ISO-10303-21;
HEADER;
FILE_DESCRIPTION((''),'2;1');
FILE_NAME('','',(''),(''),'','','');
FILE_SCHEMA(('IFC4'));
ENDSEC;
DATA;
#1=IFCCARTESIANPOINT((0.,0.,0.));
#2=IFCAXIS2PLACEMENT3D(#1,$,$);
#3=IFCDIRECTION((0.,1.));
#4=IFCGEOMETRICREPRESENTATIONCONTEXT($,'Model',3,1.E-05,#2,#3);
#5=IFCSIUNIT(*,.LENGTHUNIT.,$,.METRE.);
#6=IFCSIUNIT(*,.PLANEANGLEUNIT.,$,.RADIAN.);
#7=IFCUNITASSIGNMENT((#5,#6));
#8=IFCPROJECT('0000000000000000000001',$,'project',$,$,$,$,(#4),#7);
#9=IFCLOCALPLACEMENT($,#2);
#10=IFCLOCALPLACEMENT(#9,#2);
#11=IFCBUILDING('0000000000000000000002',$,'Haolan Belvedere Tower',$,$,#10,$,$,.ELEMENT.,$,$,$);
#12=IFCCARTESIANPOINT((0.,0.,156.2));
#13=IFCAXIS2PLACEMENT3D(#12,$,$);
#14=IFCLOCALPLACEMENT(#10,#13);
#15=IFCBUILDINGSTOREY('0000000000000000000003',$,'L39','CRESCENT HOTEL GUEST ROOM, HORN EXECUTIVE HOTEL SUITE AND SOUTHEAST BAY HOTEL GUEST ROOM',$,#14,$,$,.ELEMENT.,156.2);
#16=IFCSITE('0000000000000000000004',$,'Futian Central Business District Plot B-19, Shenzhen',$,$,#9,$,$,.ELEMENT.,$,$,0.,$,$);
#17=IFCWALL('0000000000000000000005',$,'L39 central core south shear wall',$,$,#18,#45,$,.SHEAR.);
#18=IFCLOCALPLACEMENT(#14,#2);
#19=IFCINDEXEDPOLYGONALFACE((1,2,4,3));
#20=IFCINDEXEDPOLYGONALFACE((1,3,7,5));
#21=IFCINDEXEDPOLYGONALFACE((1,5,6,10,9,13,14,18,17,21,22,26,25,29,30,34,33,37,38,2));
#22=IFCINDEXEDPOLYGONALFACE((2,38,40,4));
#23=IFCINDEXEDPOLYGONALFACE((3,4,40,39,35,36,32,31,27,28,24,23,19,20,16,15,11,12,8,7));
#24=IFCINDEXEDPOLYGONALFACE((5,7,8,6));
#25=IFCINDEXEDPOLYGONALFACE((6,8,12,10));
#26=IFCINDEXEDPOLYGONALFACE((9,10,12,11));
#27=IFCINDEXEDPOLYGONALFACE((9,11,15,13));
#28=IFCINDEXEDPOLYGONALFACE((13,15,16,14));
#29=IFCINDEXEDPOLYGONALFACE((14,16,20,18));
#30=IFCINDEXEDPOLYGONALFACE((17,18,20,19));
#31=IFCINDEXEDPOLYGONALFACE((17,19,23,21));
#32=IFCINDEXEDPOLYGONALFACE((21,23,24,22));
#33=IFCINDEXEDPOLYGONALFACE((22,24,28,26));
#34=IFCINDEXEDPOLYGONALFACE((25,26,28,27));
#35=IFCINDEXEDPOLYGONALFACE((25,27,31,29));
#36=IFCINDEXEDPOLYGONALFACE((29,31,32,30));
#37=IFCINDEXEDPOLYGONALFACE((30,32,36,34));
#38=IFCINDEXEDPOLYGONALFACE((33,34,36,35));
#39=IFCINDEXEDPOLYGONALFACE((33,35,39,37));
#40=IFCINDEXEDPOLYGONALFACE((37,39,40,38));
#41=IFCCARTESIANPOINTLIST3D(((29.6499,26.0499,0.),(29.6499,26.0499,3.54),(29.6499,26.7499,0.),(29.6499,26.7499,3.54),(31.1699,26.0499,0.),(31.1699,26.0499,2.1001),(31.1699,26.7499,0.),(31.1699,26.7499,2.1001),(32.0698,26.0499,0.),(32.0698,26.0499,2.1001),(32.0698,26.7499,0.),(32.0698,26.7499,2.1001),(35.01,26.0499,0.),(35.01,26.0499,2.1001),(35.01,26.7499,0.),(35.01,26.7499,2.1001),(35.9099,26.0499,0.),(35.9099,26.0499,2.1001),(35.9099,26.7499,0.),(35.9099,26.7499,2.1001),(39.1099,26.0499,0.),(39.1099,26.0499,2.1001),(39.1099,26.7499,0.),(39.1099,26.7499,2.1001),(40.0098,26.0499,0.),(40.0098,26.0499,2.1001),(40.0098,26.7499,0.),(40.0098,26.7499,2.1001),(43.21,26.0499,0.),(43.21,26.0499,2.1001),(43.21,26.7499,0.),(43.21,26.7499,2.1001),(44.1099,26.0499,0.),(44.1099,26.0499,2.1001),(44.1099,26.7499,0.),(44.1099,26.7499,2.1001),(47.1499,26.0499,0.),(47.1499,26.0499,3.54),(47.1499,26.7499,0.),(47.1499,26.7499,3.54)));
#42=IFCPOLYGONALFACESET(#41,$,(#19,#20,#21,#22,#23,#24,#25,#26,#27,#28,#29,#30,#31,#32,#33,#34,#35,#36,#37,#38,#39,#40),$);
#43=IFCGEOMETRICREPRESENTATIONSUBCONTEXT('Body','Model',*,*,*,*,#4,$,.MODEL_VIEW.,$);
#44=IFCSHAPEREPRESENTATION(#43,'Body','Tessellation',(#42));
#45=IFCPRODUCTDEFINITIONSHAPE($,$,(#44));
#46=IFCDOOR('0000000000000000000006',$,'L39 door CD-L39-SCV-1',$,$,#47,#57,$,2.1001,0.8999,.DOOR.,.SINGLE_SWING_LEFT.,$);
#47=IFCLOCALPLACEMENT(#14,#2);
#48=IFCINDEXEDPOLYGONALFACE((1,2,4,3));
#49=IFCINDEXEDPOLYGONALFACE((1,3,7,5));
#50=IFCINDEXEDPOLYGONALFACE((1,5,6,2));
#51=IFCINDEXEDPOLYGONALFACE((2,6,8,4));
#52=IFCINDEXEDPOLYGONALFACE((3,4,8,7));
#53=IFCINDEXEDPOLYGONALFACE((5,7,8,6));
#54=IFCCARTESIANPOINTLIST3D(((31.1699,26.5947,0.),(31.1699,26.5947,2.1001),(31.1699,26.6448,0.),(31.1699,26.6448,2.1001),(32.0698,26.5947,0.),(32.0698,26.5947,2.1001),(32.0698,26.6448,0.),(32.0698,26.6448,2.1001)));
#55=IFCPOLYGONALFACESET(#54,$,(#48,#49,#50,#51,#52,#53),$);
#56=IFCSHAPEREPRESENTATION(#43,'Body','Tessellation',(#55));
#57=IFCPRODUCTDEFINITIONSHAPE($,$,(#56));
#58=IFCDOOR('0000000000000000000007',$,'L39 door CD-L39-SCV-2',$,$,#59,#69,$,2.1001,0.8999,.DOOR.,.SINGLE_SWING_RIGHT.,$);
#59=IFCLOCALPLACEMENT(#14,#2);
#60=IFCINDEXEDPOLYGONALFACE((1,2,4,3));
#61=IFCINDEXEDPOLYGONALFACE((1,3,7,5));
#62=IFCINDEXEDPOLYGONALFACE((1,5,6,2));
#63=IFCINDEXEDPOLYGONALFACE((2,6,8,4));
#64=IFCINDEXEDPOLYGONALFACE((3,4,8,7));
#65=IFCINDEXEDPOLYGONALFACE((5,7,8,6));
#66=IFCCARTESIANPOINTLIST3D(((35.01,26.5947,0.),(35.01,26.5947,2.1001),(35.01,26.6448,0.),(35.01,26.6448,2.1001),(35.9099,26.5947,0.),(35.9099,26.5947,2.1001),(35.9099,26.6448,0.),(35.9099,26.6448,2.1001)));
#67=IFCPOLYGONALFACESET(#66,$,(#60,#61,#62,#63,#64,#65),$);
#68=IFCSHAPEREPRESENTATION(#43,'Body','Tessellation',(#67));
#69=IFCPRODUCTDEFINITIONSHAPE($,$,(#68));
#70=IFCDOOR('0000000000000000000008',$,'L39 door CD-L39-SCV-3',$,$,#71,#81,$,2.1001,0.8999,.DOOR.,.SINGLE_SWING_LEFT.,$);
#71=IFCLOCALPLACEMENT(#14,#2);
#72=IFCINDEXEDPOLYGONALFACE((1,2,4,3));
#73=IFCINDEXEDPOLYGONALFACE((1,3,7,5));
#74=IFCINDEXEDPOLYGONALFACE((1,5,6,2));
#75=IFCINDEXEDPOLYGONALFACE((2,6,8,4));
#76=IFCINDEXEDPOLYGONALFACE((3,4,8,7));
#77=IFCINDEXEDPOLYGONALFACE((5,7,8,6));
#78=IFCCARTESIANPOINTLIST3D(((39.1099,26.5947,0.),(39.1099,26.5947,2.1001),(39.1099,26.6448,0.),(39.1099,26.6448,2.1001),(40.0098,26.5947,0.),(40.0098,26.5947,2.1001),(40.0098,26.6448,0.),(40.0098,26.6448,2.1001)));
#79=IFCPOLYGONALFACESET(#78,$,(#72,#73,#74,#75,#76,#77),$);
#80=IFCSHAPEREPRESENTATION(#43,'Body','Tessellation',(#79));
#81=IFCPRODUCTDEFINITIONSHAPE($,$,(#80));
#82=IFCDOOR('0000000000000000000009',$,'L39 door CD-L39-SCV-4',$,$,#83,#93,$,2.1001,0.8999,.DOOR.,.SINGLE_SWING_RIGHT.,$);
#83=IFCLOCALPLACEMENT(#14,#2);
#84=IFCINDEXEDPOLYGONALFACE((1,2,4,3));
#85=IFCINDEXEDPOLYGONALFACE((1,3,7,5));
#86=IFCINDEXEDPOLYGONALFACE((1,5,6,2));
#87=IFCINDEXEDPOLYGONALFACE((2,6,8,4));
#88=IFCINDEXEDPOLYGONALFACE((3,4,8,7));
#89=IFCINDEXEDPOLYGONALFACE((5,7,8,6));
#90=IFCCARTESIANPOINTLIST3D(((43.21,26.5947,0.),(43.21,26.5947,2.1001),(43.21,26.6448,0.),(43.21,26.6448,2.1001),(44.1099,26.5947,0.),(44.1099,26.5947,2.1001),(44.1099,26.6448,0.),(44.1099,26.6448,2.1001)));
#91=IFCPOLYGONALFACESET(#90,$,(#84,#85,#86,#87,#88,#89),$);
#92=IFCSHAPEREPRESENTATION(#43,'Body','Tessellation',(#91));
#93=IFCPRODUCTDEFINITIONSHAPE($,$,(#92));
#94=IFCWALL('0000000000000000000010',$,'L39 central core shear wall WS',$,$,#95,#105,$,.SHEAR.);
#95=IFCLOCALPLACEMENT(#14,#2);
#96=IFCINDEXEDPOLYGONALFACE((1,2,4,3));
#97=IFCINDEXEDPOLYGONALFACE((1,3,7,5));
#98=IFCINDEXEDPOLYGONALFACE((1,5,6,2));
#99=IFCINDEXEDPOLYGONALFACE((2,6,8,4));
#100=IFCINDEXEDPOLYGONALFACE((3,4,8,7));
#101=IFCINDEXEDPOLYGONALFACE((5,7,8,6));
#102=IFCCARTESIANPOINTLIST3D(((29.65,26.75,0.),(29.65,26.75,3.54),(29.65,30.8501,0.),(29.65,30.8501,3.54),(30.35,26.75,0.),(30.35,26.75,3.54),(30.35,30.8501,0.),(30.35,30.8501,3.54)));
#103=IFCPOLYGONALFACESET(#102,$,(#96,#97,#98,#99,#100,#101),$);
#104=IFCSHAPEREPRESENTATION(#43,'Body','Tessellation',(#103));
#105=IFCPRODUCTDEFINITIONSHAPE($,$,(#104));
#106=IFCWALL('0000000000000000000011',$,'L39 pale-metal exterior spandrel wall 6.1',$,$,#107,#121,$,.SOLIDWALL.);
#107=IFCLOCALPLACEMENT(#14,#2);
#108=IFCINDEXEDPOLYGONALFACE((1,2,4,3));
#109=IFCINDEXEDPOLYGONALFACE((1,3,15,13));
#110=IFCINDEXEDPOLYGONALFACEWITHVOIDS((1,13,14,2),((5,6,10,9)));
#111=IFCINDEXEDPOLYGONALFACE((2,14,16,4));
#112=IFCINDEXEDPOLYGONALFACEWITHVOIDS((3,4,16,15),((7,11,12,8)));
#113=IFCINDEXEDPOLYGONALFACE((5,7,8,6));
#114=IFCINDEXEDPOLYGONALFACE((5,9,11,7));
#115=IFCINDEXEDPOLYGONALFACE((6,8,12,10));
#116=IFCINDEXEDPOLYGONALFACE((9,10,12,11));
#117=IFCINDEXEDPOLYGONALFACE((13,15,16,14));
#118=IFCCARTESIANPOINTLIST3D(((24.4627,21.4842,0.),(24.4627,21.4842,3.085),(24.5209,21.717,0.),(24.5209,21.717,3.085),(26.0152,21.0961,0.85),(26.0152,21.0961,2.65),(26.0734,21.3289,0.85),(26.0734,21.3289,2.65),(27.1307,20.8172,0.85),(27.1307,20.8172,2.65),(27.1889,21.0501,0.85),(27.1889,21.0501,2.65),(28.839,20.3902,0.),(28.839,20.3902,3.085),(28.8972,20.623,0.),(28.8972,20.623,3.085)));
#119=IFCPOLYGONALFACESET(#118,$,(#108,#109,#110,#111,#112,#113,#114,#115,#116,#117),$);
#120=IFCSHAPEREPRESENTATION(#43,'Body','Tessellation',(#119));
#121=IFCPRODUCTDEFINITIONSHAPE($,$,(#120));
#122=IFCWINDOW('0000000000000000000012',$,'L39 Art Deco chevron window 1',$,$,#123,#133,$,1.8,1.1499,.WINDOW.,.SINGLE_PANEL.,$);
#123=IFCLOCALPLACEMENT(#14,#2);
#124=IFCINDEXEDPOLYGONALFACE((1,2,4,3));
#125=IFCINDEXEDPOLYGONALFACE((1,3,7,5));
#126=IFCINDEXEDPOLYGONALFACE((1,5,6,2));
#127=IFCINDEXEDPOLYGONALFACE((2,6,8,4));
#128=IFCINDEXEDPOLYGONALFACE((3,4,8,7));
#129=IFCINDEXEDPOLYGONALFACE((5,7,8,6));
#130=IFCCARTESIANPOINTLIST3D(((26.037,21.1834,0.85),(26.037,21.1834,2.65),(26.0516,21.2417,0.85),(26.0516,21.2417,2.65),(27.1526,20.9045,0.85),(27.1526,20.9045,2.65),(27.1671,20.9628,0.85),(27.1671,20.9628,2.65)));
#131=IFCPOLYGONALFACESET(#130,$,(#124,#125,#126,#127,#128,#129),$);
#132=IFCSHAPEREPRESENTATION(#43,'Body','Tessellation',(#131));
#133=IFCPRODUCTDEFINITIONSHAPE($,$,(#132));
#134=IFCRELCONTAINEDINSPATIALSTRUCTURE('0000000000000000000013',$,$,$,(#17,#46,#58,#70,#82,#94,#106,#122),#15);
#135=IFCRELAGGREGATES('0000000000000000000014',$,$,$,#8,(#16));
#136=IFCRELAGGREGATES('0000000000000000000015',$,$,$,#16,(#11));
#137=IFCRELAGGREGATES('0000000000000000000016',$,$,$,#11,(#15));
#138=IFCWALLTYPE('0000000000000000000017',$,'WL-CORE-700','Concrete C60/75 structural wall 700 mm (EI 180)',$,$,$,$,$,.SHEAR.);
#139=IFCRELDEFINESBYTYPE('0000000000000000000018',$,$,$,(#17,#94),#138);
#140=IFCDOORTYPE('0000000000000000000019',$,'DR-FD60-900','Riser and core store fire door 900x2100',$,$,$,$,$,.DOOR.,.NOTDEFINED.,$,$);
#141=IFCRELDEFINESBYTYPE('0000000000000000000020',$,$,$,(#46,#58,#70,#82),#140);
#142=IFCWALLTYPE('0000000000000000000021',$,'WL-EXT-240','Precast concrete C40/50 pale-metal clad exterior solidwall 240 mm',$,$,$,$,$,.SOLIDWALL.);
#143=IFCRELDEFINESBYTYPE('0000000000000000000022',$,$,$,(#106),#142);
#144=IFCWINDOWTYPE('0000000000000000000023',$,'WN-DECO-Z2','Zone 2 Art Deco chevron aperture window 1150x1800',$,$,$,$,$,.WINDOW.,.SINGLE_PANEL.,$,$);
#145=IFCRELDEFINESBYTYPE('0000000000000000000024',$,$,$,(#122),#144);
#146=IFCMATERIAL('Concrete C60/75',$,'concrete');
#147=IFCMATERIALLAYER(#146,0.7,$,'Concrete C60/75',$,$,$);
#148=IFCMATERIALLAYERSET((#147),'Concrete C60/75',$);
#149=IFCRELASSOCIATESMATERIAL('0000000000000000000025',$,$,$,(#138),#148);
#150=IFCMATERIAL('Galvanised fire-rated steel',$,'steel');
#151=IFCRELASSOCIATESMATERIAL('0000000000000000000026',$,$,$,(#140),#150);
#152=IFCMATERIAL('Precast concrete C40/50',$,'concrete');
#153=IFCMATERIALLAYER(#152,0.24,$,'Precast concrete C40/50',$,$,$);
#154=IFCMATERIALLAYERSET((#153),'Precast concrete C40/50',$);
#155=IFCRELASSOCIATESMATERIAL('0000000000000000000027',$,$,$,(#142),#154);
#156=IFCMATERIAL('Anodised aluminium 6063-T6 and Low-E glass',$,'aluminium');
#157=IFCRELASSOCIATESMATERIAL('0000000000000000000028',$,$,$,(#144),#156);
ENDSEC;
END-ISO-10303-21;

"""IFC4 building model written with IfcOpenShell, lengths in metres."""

from ifc_helpers import new_model, si_unit, direction, frame, frame_2d, origin, place, context, subcontext, project, spatial, rectangle, extrude, material, layer, layer_set, type_object, element, fill, save


model = new_model("IFC4")

# Units and contexts
model_context = context("Model", 3, precision=1e-05, world=origin(), true_north=direction((0.0, 1.0)))
body_context = subcontext(model_context, "Body", "Model", "MODEL_VIEW")
ifc_project = project(units=[si_unit("LENGTHUNIT", "METRE"), si_unit("PLANEANGLEUNIT", "RADIAN")], contexts=[model_context])

# Site, building, storey
site_placement = place(None, origin())
site = spatial("IfcSite", under=ifc_project, at=site_placement, Name="Futian Central Business District Plot B-19, Shenzhen", CompositionType="ELEMENT", RefElevation=0.0)
building_placement = place(site_placement, origin())
building = spatial("IfcBuilding", under=site, at=building_placement, Name="Haolan Belvedere Tower", CompositionType="ELEMENT")
storey_placement = place(building_placement, frame((0.0, 0.0, 156.2)))
storey = spatial("IfcBuildingStorey", under=building, at=storey_placement, Name="L39", Description="CRESCENT HOTEL GUEST ROOM, HORN EXECUTIVE HOTEL SUITE AND SOUTHEAST BAY HOTEL GUEST ROOM", CompositionType="ELEMENT", Elevation=156.2)

# Wall, openings, doors
ifc_material_1 = material(Name="Concrete C60/75", Category="concrete")
ifc_layer_1 = layer(ifc_material_1, 0.7, Name="Concrete C60/75")
ifc_layer_set_1 = layer_set([ifc_layer_1], Name="Concrete C60/75")
wall_type_1 = type_object("IfcWallType", Name="WL-CORE-700", Description="Concrete C60/75 structural wall 700 mm (EI 180)", PredefinedType="SHEAR", material=ifc_layer_set_1)
wall_1_placement = place(storey_placement, frame((29.6499, 26.3999, 0.0), z_axis=(0.0, 0.0, 1.0), x_axis=(1.0, 0.0, 0.0)))
wall_1 = element("IfcWall", 1, at=wall_1_placement, inside=storey, type_object=wall_type_1, Name="L39 central core south shear wall", PredefinedType="SHEAR", context=body_context, shape_type="SweptSolid", body=[
    extrude(rectangle(XDim=17.5, YDim=0.7, at=frame_2d((8.75, 0.0))), origin(), (0.0, 0.0, 1.0), 3.54),
])
opening_1_placement = place(wall_1_placement, frame((2.4199, 0.0, 0.0), z_axis=(0.0, 0.0, 1.0), x_axis=(-1.0, 0.0, 0.0)))
opening_1 = element("IfcOpeningElement", 2, at=opening_1_placement, cuts=wall_1, PredefinedType="OPENING", context=body_context, shape_type="SweptSolid", body=[
    extrude(rectangle(XDim=0.8999, YDim=2.1001, at=frame_2d((0.45, 1.05))), frame((0.0, 0.3599, 0.0), z_axis=(0.0, -1.0, 0.0), x_axis=(1.0, 0.0, 0.0)), (0.0, 0.0, 1.0), 0.72),
])
opening_2_placement = place(wall_1_placement, frame((6.26, 0.0, 0.0), z_axis=(0.0, 0.0, 1.0), x_axis=(-1.0, 0.0, 0.0)))
opening_2 = element("IfcOpeningElement", 3, at=opening_2_placement, cuts=wall_1, PredefinedType="OPENING", context=body_context, shape_type="SweptSolid", body=[
    extrude(rectangle(XDim=0.8999, YDim=2.1001, at=frame_2d((0.45, 1.05))), frame((0.0, 0.3599, 0.0), z_axis=(0.0, -1.0, 0.0), x_axis=(1.0, 0.0, 0.0)), (0.0, 0.0, 1.0), 0.72),
])
opening_3_placement = place(wall_1_placement, frame((10.3599, 0.0, 0.0), z_axis=(0.0, 0.0, 1.0), x_axis=(-1.0, 0.0, 0.0)))
opening_3 = element("IfcOpeningElement", 4, at=opening_3_placement, cuts=wall_1, PredefinedType="OPENING", context=body_context, shape_type="SweptSolid", body=[
    extrude(rectangle(XDim=0.8999, YDim=2.1001, at=frame_2d((0.45, 1.05))), frame((0.0, 0.3599, 0.0), z_axis=(0.0, -1.0, 0.0), x_axis=(1.0, 0.0, 0.0)), (0.0, 0.0, 1.0), 0.72),
])
opening_4_placement = place(wall_1_placement, frame((14.46, 0.0, 0.0), z_axis=(0.0, 0.0, 1.0), x_axis=(-1.0, 0.0, 0.0)))
opening_4 = element("IfcOpeningElement", 5, at=opening_4_placement, cuts=wall_1, PredefinedType="OPENING", context=body_context, shape_type="SweptSolid", body=[
    extrude(rectangle(XDim=0.8999, YDim=2.1001, at=frame_2d((0.45, 1.05))), frame((0.0, 0.3599, 0.0), z_axis=(0.0, -1.0, 0.0), x_axis=(1.0, 0.0, 0.0)), (0.0, 0.0, 1.0), 0.72),
])
ifc_material_2 = material(Name="Galvanised fire-rated steel", Category="steel")
door_type_1 = type_object("IfcDoorType", Name="DR-FD60-900", Description="Riser and core store fire door 900x2100", OperationType="NOTDEFINED", PredefinedType="DOOR", material=ifc_material_2)
door_1_placement = place(opening_1_placement, origin())
door_1 = element("IfcDoor", 6, at=door_1_placement, inside=storey, type_object=door_type_1, Name="L39 door CD-L39-SCV-1", OperationType="SINGLE_SWING_LEFT", OverallHeight=2.1001, OverallWidth=0.8999, PredefinedType="DOOR", context=body_context, shape_type="SweptSolid", body=[
    extrude(rectangle(XDim=0.8999, YDim=2.1001, at=frame_2d((0.45, 1.05))), frame((0.0, -0.1948, 0.0), z_axis=(0.0, -1.0, 0.0), x_axis=(1.0, 0.0, 0.0)), (0.0, 0.0, 1.0), 0.05),
])
fill(opening_1, door_1)
door_2_placement = place(opening_2_placement, origin())
door_2 = element("IfcDoor", 7, at=door_2_placement, inside=storey, type_object=door_type_1, Name="L39 door CD-L39-SCV-2", OperationType="SINGLE_SWING_RIGHT", OverallHeight=2.1001, OverallWidth=0.8999, PredefinedType="DOOR", context=body_context, shape_type="SweptSolid", body=[
    extrude(rectangle(XDim=0.8999, YDim=2.1001, at=frame_2d((0.45, 1.05))), frame((0.0, -0.1948, 0.0), z_axis=(0.0, -1.0, 0.0), x_axis=(1.0, 0.0, 0.0)), (0.0, 0.0, 1.0), 0.05),
])
fill(opening_2, door_2)
door_3_placement = place(opening_3_placement, origin())
door_3 = element("IfcDoor", 8, at=door_3_placement, inside=storey, type_object=door_type_1, Name="L39 door CD-L39-SCV-3", OperationType="SINGLE_SWING_LEFT", OverallHeight=2.1001, OverallWidth=0.8999, PredefinedType="DOOR", context=body_context, shape_type="SweptSolid", body=[
    extrude(rectangle(XDim=0.8999, YDim=2.1001, at=frame_2d((0.45, 1.05))), frame((0.0, -0.1948, 0.0), z_axis=(0.0, -1.0, 0.0), x_axis=(1.0, 0.0, 0.0)), (0.0, 0.0, 1.0), 0.05),
])
fill(opening_3, door_3)
door_4_placement = place(opening_4_placement, origin())
door_4 = element("IfcDoor", 9, at=door_4_placement, inside=storey, type_object=door_type_1, Name="L39 door CD-L39-SCV-4", OperationType="SINGLE_SWING_RIGHT", OverallHeight=2.1001, OverallWidth=0.8999, PredefinedType="DOOR", context=body_context, shape_type="SweptSolid", body=[
    extrude(rectangle(XDim=0.8999, YDim=2.1001, at=frame_2d((0.45, 1.05))), frame((0.0, -0.1948, 0.0), z_axis=(0.0, -1.0, 0.0), x_axis=(1.0, 0.0, 0.0)), (0.0, 0.0, 1.0), 0.05),
])
fill(opening_4, door_4)

# Wall
wall_2_placement = place(storey_placement, frame((30.0, 26.75, 0.0), z_axis=(0.0, 0.0, 1.0), x_axis=(0.0, 1.0, 0.0)))
element("IfcWall", 10, at=wall_2_placement, inside=storey, type_object=wall_type_1, Name="L39 central core shear wall WS", PredefinedType="SHEAR", context=body_context, shape_type="SweptSolid", body=[
    extrude(rectangle(XDim=4.1001, YDim=0.7, at=frame_2d((2.05, 0.0))), origin(), (0.0, 0.0, 1.0), 3.54),
])

# Wall, opening, window
ifc_material_3 = material(Name="Precast concrete C40/50", Category="concrete")
ifc_layer_2 = layer(ifc_material_3, 0.24, Name="Precast concrete C40/50")
ifc_layer_set_2 = layer_set([ifc_layer_2], Name="Precast concrete C40/50")
wall_type_2 = type_object("IfcWallType", Name="WL-EXT-240", Description="Precast concrete C40/50 pale-metal clad exterior solidwall 240 mm", PredefinedType="SOLIDWALL", material=ifc_layer_set_2)
wall_3_placement = place(storey_placement, frame((24.4919, 21.6006, 0.0), z_axis=(0.0, 0.0, 1.0), x_axis=(0.970146, -0.242523, 0.0)))
wall_3 = element("IfcWall", 11, at=wall_3_placement, inside=storey, type_object=wall_type_2, Name="L39 pale-metal exterior spandrel wall 6.1", PredefinedType="SOLIDWALL", context=body_context, shape_type="SweptSolid", body=[
    extrude(rectangle(XDim=4.511, YDim=0.24, at=frame_2d((2.2554, 0.0))), origin(), (0.0, 0.0, 1.0), 3.085),
])
opening_5_placement = place(wall_3_placement, frame((1.6001, 0.0, 0.8501)))
opening_5 = element("IfcOpeningElement", 12, at=opening_5_placement, cuts=wall_3, PredefinedType="OPENING", context=body_context, shape_type="SweptSolid", body=[
    extrude(rectangle(XDim=1.1499, YDim=1.8, at=frame_2d((0.575, 0.8999))), frame((0.0, 0.1299, 0.0), z_axis=(0.0, -1.0, 0.0), x_axis=(1.0, 0.0, 0.0)), (0.0, 0.0, 1.0), 0.26),
])
ifc_material_4 = material(Name="Anodised aluminium 6063-T6 and Low-E glass", Category="aluminium")
window_type = type_object("IfcWindowType", Name="WN-DECO-Z2", Description="Zone 2 Art Deco chevron aperture window 1150x1800", PartitioningType="SINGLE_PANEL", PredefinedType="WINDOW", material=ifc_material_4)
window_placement = place(opening_5_placement, origin())
window = element("IfcWindow", 13, at=window_placement, inside=storey, type_object=window_type, Name="L39 Art Deco chevron window 1", OverallHeight=1.8, OverallWidth=1.1499, PartitioningType="SINGLE_PANEL", PredefinedType="WINDOW", context=body_context, shape_type="SweptSolid", body=[
    extrude(rectangle(XDim=1.1499, YDim=1.8, at=frame_2d((0.575, 0.8999))), frame((0.0, 0.03, 0.0), z_axis=(0.0, -1.0, 0.0), x_axis=(1.0, 0.0, 0.0)), (0.0, 0.0, 1.0), 0.0601),
])
fill(opening_5, window)

save(model, "model.ifc")
